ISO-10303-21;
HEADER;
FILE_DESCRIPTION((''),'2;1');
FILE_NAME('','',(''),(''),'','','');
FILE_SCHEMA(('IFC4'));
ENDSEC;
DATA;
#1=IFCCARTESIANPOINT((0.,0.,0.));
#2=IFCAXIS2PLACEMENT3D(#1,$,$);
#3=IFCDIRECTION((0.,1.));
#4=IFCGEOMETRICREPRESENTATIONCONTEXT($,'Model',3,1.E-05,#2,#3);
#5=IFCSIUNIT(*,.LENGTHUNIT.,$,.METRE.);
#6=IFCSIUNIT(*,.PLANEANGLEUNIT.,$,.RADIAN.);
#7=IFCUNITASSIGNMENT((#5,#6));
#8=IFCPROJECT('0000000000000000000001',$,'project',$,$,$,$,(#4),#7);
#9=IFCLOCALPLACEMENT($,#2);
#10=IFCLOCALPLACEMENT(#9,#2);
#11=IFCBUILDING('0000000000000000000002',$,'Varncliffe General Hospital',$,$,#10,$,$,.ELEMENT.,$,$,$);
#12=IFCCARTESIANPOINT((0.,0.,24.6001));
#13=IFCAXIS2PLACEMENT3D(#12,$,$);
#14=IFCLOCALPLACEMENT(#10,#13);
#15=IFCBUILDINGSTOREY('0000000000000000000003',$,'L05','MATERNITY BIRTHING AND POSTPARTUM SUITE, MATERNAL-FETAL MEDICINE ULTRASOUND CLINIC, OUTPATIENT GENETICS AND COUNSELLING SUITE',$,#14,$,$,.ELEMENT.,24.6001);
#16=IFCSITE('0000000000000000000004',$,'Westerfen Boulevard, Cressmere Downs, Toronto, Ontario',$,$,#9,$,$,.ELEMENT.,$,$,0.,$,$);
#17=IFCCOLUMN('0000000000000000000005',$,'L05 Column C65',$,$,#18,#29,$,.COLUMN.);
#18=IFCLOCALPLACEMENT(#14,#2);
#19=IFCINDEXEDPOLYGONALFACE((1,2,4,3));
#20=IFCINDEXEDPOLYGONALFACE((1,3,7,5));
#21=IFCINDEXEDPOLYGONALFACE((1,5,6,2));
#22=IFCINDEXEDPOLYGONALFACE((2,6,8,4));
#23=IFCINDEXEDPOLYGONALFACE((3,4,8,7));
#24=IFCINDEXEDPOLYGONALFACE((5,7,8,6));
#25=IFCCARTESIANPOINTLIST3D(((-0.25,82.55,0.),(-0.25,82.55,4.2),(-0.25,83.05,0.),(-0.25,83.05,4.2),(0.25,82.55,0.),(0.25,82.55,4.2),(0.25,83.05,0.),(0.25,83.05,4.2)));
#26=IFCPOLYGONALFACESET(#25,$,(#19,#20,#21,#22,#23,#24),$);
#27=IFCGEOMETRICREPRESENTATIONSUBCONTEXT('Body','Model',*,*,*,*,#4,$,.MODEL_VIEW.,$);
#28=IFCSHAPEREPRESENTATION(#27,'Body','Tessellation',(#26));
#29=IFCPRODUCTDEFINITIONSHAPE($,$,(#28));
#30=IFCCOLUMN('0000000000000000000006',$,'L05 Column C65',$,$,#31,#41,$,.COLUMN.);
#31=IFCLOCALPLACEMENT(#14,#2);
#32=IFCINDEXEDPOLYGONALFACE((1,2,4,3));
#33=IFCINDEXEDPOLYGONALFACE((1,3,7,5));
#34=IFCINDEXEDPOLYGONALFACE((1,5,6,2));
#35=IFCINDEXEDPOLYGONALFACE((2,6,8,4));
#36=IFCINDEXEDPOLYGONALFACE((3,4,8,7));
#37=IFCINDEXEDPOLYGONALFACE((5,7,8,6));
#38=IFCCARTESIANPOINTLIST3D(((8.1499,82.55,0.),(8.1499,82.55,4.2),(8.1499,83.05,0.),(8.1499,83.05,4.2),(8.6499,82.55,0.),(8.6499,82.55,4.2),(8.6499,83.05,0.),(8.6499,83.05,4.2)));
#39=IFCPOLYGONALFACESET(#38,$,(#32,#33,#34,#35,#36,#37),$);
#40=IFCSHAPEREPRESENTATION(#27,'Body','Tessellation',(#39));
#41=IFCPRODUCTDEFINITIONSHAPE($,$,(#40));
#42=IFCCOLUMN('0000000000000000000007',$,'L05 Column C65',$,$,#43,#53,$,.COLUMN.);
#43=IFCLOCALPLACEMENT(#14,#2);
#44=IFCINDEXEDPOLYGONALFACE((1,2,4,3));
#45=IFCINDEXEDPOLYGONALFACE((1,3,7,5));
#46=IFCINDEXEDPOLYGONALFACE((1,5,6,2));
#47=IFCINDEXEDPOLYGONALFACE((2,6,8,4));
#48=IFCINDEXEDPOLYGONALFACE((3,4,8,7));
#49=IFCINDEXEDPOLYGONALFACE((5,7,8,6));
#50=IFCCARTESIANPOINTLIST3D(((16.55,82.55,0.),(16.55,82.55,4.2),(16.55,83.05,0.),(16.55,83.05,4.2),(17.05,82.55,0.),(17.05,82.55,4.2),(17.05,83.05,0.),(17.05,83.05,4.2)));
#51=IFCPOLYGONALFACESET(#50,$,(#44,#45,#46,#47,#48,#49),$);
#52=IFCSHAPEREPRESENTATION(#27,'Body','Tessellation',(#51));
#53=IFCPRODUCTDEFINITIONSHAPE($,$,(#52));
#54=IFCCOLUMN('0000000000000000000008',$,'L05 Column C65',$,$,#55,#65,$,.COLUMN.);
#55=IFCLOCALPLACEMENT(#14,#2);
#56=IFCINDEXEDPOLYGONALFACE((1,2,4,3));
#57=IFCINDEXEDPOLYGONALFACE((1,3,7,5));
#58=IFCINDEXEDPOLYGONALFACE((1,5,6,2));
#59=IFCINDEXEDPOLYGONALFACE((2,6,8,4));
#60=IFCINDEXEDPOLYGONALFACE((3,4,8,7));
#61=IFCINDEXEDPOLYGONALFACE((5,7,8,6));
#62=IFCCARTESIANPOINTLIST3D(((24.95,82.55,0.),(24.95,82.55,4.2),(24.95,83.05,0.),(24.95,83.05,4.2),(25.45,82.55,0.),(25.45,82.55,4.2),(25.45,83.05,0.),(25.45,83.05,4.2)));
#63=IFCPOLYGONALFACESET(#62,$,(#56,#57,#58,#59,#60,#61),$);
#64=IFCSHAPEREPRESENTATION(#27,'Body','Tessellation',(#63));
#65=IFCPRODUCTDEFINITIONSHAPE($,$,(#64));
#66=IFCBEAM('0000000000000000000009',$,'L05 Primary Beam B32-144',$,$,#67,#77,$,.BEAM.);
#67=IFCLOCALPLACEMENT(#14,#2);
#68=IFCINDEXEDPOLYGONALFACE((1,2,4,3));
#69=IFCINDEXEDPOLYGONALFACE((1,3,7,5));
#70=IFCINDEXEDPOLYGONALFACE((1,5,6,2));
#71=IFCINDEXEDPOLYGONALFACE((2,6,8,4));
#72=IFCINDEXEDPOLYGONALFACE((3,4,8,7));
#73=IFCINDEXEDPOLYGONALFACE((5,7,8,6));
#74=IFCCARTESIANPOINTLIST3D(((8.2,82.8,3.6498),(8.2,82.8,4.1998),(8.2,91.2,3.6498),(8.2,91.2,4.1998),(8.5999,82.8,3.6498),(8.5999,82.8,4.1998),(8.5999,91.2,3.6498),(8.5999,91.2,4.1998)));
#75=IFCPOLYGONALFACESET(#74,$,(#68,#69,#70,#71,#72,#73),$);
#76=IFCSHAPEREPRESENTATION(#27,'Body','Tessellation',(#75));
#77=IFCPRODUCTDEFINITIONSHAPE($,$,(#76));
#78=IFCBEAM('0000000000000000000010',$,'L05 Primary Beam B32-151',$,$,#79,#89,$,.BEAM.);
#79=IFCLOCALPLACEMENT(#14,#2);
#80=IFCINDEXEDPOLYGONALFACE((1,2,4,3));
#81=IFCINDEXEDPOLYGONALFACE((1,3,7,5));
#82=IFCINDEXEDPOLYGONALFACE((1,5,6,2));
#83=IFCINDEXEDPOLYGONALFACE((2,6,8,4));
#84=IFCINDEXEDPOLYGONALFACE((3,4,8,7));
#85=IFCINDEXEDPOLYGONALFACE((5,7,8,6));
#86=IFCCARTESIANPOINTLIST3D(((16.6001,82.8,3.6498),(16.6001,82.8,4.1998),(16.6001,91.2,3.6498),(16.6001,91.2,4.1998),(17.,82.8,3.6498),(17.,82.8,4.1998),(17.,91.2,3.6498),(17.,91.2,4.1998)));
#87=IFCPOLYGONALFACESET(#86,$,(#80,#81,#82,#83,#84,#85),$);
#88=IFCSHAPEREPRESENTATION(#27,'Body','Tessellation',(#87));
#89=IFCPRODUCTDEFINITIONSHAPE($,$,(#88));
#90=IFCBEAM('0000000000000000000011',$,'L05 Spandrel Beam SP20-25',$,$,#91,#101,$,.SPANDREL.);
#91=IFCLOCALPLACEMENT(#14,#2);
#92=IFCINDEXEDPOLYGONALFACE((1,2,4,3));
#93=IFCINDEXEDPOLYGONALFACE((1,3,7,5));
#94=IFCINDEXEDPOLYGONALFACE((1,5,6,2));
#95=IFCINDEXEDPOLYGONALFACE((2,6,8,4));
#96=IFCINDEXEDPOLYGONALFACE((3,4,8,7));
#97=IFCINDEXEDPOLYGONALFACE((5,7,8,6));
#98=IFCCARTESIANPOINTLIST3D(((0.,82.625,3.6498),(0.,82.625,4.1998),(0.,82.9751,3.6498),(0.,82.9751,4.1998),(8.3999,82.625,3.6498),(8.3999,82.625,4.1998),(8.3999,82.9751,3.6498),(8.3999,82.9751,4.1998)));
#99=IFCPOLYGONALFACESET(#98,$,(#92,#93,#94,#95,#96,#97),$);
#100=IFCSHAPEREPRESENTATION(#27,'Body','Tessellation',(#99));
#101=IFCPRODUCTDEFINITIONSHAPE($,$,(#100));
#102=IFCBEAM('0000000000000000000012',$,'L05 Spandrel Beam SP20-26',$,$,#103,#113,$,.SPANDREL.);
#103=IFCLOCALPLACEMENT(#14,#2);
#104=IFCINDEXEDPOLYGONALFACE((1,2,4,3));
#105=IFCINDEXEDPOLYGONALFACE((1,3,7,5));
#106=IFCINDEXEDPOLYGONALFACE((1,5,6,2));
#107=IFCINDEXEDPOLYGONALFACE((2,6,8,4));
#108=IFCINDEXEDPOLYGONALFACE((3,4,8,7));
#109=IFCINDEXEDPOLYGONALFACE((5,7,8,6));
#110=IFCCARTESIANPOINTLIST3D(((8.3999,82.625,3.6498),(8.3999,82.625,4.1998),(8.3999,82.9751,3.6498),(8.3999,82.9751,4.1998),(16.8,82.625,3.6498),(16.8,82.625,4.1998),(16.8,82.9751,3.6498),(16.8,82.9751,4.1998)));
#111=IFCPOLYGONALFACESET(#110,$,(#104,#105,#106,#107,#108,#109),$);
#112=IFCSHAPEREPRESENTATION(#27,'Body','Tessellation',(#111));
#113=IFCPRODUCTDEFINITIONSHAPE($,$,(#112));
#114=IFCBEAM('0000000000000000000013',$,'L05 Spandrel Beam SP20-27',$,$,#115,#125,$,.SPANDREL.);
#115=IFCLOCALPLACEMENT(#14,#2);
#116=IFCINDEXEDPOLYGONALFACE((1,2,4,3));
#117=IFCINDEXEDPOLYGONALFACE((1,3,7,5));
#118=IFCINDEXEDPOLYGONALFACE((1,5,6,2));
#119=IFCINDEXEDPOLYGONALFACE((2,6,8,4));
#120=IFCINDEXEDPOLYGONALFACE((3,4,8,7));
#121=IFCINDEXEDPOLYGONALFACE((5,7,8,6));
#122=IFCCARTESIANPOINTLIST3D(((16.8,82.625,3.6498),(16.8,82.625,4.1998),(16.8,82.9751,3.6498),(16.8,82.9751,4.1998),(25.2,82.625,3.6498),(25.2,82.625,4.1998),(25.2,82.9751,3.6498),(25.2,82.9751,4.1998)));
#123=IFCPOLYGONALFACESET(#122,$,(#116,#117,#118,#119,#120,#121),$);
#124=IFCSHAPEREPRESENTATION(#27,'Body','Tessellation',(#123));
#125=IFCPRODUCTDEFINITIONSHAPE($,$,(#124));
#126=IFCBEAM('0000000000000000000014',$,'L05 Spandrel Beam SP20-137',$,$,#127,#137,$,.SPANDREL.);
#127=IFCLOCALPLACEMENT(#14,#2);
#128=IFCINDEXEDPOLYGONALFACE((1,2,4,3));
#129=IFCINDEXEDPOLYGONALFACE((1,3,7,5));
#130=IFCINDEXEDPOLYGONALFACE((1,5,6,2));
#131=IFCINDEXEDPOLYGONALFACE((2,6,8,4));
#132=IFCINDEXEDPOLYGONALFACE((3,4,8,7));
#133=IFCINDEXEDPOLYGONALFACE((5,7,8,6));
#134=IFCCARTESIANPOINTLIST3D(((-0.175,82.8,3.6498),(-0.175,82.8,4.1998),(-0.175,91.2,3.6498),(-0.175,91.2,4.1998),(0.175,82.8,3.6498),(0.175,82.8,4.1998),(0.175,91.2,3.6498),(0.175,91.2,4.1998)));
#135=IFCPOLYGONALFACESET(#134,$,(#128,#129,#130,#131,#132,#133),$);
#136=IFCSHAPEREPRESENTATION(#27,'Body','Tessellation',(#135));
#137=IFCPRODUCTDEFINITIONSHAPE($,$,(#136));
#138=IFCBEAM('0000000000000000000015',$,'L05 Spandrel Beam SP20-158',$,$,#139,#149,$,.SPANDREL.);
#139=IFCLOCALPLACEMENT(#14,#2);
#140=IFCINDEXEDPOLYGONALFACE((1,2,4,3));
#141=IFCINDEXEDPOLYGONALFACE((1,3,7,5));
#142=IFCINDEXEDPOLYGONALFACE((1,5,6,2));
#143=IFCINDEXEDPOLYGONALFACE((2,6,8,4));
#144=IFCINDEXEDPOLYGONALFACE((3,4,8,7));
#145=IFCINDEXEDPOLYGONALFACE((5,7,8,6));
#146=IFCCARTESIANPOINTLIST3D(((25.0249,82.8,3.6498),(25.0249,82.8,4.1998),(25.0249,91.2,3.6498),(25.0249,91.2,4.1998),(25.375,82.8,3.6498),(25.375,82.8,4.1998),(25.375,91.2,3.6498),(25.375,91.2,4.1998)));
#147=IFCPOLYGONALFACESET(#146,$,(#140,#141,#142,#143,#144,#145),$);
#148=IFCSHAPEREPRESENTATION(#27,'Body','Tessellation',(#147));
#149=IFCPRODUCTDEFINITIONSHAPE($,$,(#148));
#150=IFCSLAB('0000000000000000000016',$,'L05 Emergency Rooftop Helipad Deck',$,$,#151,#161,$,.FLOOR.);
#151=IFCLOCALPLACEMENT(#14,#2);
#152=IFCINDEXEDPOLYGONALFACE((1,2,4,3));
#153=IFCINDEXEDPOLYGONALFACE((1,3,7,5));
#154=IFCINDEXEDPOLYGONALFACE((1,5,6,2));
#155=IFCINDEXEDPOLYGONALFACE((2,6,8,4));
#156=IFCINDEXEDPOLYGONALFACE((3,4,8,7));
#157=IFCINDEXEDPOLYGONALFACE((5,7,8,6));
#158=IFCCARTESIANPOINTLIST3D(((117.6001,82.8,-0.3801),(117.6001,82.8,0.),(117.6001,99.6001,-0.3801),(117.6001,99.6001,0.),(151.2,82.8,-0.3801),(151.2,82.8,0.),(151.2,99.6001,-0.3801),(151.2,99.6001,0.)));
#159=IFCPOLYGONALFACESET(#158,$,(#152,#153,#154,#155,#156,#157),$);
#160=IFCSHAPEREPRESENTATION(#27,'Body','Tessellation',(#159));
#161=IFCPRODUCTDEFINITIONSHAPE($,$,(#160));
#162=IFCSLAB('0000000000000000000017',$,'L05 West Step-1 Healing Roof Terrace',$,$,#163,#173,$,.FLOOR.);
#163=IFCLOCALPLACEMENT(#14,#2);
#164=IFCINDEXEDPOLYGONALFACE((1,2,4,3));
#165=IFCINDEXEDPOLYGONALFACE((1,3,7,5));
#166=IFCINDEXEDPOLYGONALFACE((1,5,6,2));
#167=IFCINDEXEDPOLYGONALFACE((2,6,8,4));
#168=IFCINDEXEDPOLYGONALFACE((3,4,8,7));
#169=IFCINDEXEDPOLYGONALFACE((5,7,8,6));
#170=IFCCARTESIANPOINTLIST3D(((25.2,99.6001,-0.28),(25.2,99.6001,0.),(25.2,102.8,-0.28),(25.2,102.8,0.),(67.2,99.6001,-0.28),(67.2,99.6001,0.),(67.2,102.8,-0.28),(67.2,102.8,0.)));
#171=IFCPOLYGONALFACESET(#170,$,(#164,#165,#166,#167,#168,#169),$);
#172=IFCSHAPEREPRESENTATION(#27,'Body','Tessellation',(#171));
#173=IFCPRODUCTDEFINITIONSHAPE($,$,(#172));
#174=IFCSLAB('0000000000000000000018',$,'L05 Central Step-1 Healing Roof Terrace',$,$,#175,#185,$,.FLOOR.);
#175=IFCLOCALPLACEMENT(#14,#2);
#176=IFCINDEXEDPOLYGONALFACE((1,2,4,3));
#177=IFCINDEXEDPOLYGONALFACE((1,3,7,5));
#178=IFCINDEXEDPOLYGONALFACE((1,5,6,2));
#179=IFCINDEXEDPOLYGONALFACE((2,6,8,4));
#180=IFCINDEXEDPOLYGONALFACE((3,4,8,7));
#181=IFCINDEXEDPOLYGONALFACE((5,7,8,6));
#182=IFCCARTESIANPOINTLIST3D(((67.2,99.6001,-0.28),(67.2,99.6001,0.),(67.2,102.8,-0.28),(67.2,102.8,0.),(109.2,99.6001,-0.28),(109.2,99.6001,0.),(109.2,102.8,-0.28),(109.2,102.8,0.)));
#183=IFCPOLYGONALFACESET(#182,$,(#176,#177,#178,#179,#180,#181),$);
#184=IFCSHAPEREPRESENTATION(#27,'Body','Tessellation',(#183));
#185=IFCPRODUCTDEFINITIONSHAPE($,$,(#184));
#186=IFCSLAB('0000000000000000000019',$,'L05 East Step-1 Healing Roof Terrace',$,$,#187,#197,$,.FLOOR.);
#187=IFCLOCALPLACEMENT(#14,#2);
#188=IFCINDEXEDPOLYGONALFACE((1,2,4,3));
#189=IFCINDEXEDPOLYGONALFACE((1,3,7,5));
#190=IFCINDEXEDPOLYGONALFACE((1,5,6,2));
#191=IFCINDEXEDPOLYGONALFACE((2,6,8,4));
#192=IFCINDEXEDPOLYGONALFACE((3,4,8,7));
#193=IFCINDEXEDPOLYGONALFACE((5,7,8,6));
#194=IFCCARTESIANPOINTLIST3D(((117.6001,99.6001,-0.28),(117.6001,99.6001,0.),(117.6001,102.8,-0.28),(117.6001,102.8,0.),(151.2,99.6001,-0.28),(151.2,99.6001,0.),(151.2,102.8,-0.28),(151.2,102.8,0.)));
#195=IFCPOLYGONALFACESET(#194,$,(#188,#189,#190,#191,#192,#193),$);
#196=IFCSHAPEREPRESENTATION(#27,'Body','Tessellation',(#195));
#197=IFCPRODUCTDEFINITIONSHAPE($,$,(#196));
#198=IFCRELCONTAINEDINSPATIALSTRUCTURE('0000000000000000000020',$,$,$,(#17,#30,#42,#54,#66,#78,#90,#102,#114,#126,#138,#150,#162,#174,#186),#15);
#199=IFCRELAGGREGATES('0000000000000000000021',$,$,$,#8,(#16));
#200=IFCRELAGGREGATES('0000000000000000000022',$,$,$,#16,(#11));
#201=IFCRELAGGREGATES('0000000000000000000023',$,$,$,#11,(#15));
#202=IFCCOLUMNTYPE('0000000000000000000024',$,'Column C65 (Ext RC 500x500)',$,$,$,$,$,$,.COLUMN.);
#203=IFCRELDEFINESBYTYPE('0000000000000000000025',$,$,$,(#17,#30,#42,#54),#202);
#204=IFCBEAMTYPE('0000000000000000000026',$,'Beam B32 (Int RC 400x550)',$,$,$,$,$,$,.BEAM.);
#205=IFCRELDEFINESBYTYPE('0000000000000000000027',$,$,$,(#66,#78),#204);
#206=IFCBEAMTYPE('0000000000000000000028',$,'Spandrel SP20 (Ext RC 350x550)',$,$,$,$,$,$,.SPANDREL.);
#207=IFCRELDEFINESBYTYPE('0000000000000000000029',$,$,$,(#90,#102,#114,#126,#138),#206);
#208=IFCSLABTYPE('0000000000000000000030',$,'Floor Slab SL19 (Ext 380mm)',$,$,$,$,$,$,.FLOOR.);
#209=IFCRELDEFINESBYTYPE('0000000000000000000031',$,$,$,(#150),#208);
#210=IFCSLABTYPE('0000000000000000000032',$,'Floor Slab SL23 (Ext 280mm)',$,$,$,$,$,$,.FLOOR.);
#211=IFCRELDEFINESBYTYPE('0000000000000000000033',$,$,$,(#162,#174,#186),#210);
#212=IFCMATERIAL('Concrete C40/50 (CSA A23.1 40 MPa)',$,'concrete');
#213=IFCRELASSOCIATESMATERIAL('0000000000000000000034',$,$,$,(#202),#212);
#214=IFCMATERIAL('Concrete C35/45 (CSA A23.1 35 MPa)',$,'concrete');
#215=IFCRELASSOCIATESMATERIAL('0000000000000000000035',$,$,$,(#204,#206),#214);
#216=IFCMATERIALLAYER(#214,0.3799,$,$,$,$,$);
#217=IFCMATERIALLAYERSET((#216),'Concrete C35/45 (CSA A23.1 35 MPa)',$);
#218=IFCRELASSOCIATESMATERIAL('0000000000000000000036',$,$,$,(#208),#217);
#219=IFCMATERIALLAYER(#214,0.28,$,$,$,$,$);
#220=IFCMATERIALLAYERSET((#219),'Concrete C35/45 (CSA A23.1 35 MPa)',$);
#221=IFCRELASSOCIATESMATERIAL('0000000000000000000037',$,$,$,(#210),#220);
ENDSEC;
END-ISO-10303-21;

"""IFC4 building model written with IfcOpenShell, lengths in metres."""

from ifc_helpers import new_model, si_unit, direction, frame, origin, origin_2d, place, context, subcontext, project, spatial, polyline, rectangle, outline, extrude, material, layer, layer_set, material_profile, profile_set, type_object, element, save


model = new_model("IFC4")

# Units and contexts
model_context = context("Model", 3, precision=1e-05, world=origin(), true_north=direction((0.0, 1.0)))
body_context = subcontext(model_context, "Body", "Model", "MODEL_VIEW")
ifc_project = project(units=[si_unit("LENGTHUNIT", "METRE"), si_unit("PLANEANGLEUNIT", "RADIAN")], contexts=[model_context])

# Site, building, storey
site_placement = place(None, origin())
site = spatial("IfcSite", under=ifc_project, at=site_placement, Name="Westerfen Boulevard, Cressmere Downs, Toronto, Ontario", CompositionType="ELEMENT", RefElevation=0.0)
building_placement = place(site_placement, origin())
building = spatial("IfcBuilding", under=site, at=building_placement, Name="Varncliffe General Hospital", CompositionType="ELEMENT")
storey_placement = place(building_placement, frame((0.0, 0.0, 24.6001)))
storey = spatial("IfcBuildingStorey", under=building, at=storey_placement, Name="L05", Description="MATERNITY BIRTHING AND POSTPARTUM SUITE, MATERNAL-FETAL MEDICINE ULTRASOUND CLINIC, OUTPATIENT GENETICS AND COUNSELLING SUITE", CompositionType="ELEMENT", Elevation=24.6001)

# Columns
ifc_material_1 = material(Name="Concrete C40/50 (CSA A23.1 40 MPa)", Category="concrete")
ifc_material_profile_1 = material_profile(ifc_material_1, rectangle(XDim=0.5, YDim=0.5, at=origin_2d()), Name="RC 500x500")
ifc_profile_set_1 = profile_set([ifc_material_profile_1], Name="Concrete C40/50 (CSA A23.1 40 MPa)")
column_type = type_object("IfcColumnType", Name="Column C65 (Ext RC 500x500)", PredefinedType="COLUMN", material=ifc_profile_set_1)
for number, where, z_axis, x_axis, name in (
    (1, (0.0, 82.8, 0.0), (0.0, 0.0, 1.0), (1.0, 0.0, 0.0), "L05 Column C65"),
    (2, (8.3999, 82.8, 0.0), (0.0, 0.0, 1.0), (1.0, 0.0, 0.0), "L05 Column C65"),
    (3, (16.8, 82.8, 0.0), (0.0, 0.0, 1.0), (1.0, 0.0, 0.0), "L05 Column C65"),
    (4, (25.2, 82.8, 0.0), (0.0, 0.0, 1.0), (1.0, 0.0, 0.0), "L05 Column C65"),
):
    element("IfcColumn", number, at=place(storey_placement, frame(where, z_axis=z_axis, x_axis=x_axis)), inside=storey, type_object=column_type, Name=name, PredefinedType="COLUMN", context=body_context, shape_type="SweptSolid", body=[
        extrude(rectangle(XDim=0.5, YDim=0.5, at=origin_2d()), origin(), (0.0, 0.0, 1.0), 4.2),
    ])

# Beams
ifc_material_2 = material(Name="Concrete C35/45 (CSA A23.1 35 MPa)", Category="concrete")
ifc_material_profile_2 = material_profile(ifc_material_2, rectangle(XDim=0.3999, YDim=0.55, at=origin_2d()), Name="RC 400x550")
ifc_profile_set_2 = profile_set([ifc_material_profile_2], Name="Concrete C35/45 (CSA A23.1 35 MPa)")
beam_type_1 = type_object("IfcBeamType", Name="Beam B32 (Int RC 400x550)", PredefinedType="BEAM", material=ifc_profile_set_2)
for number, where, z_axis, x_axis, name in (
    (5, (8.3999, 82.8, 3.9248), (0.0, 1.0, 0.0), (-1.0, 0.0, 0.0), "L05 Primary Beam B32-144"),
    (6, (16.8, 82.8, 3.9248), (0.0, 1.0, 0.0), (-1.0, 0.0, 0.0), "L05 Primary Beam B32-151"),
):
    element("IfcBeam", number, at=place(storey_placement, frame(where, z_axis=z_axis, x_axis=x_axis)), inside=storey, type_object=beam_type_1, Name=name, PredefinedType="BEAM", context=body_context, shape_type="SweptSolid", body=[
        extrude(rectangle(XDim=0.3999, YDim=0.55, at=origin_2d()), origin(), (0.0, 0.0, 1.0), 8.3999),
    ])
ifc_material_profile_3 = material_profile(ifc_material_2, rectangle(XDim=0.3501, YDim=0.55, at=origin_2d()), Name="RC 350x550")
ifc_profile_set_3 = profile_set([ifc_material_profile_3], Name="Concrete C35/45 (CSA A23.1 35 MPa)")
beam_type_2 = type_object("IfcBeamType", Name="Spandrel SP20 (Ext RC 350x550)", PredefinedType="SPANDREL", material=ifc_profile_set_3)
beam_1_placement = place(storey_placement, frame((0.0, 82.8, 3.9248), z_axis=(1.0, 0.0, 0.0), x_axis=(0.0, 1.0, 0.0)))
element("IfcBeam", 7, at=beam_1_placement, inside=storey, type_object=beam_type_2, Name="L05 Spandrel Beam SP20-25", PredefinedType="SPANDREL", context=body_context, shape_type="SweptSolid", body=[
    extrude(rectangle(XDim=0.3501, YDim=0.55, at=origin_2d()), origin(), (0.0, 0.0, 1.0), 8.3999),
])
beam_2_placement = place(storey_placement, frame((8.3999, 82.8, 3.9248), z_axis=(1.0, 0.0, 0.0), x_axis=(0.0, 1.0, 0.0)))
element("IfcBeam", 8, at=beam_2_placement, inside=storey, type_object=beam_type_2, Name="L05 Spandrel Beam SP20-26", PredefinedType="SPANDREL", context=body_context, shape_type="SweptSolid", body=[
    extrude(rectangle(XDim=0.3501, YDim=0.55, at=origin_2d()), origin(), (0.0, 0.0, 1.0), 8.4001),
])
for number, where, z_axis, x_axis, name in (
    (9, (16.8, 82.8, 3.9248), (1.0, 0.0, 0.0), (0.0, 1.0, 0.0), "L05 Spandrel Beam SP20-27"),
    (10, (0.0, 82.8, 3.9248), (0.0, 1.0, 0.0), (-1.0, 0.0, 0.0), "L05 Spandrel Beam SP20-137"),
    (11, (25.2, 82.8, 3.9248), (0.0, 1.0, 0.0), (-1.0, 0.0, 0.0), "L05 Spandrel Beam SP20-158"),
):
    element("IfcBeam", number, at=place(storey_placement, frame(where, z_axis=z_axis, x_axis=x_axis)), inside=storey, type_object=beam_type_2, Name=name, PredefinedType="SPANDREL", context=body_context, shape_type="SweptSolid", body=[
        extrude(rectangle(XDim=0.3501, YDim=0.55, at=origin_2d()), origin(), (0.0, 0.0, 1.0), 8.3999),
    ])

# Slabs
ifc_layer_1 = layer(ifc_material_2, 0.3799)
ifc_layer_set_1 = layer_set([ifc_layer_1], Name="Concrete C35/45 (CSA A23.1 35 MPa)")
slab_type_1 = type_object("IfcSlabType", Name="Floor Slab SL19 (Ext 380mm)", PredefinedType="FLOOR", material=ifc_layer_set_1)
slab_1_placement = place(storey_placement, frame((0.0, 0.0, -0.3801)))
element("IfcSlab", 12, at=slab_1_placement, inside=storey, type_object=slab_type_1, Name="L05 Emergency Rooftop Helipad Deck", PredefinedType="FLOOR", context=body_context, shape_type="SweptSolid", body=[
    extrude(outline(polyline([(117.6001, 82.8), (151.2, 82.8), (151.2, 99.6001), (117.6001, 99.6001), (117.6001, 82.8)])), origin(), (0.0, 0.0, 1.0), 0.3801),
])
ifc_layer_2 = layer(ifc_material_2, 0.28)
ifc_layer_set_2 = layer_set([ifc_layer_2], Name="Concrete C35/45 (CSA A23.1 35 MPa)")
slab_type_2 = type_object("IfcSlabType", Name="Floor Slab SL23 (Ext 280mm)", PredefinedType="FLOOR", material=ifc_layer_set_2)
slab_2_placement = place(storey_placement, frame((0.0, 0.0, -0.28)))
element("IfcSlab", 13, at=slab_2_placement, inside=storey, type_object=slab_type_2, Name="L05 West Step-1 Healing Roof Terrace", PredefinedType="FLOOR", context=body_context, shape_type="SweptSolid", body=[
    extrude(outline(polyline([(25.2, 99.6001), (67.2, 99.6001), (67.2, 102.8), (25.2, 102.8), (25.2, 99.6001)])), origin(), (0.0, 0.0, 1.0), 0.28),
])
slab_3_placement = place(storey_placement, frame((0.0, 0.0, -0.28)))
element("IfcSlab", 14, at=slab_3_placement, inside=storey, type_object=slab_type_2, Name="L05 Central Step-1 Healing Roof Terrace", PredefinedType="FLOOR", context=body_context, shape_type="SweptSolid", body=[
    extrude(outline(polyline([(67.2, 99.6001), (109.2, 99.6001), (109.2, 102.8), (67.2, 102.8), (67.2, 99.6001)])), origin(), (0.0, 0.0, 1.0), 0.28),
])
slab_4_placement = place(storey_placement, frame((0.0, 0.0, -0.28)))
element("IfcSlab", 15, at=slab_4_placement, inside=storey, type_object=slab_type_2, Name="L05 East Step-1 Healing Roof Terrace", PredefinedType="FLOOR", context=body_context, shape_type="SweptSolid", body=[
    extrude(outline(polyline([(117.6001, 99.6001), (151.2, 99.6001), (151.2, 102.8), (117.6001, 102.8), (117.6001, 99.6001)])), origin(), (0.0, 0.0, 1.0), 0.28),
])

save(model, "model.ifc")
